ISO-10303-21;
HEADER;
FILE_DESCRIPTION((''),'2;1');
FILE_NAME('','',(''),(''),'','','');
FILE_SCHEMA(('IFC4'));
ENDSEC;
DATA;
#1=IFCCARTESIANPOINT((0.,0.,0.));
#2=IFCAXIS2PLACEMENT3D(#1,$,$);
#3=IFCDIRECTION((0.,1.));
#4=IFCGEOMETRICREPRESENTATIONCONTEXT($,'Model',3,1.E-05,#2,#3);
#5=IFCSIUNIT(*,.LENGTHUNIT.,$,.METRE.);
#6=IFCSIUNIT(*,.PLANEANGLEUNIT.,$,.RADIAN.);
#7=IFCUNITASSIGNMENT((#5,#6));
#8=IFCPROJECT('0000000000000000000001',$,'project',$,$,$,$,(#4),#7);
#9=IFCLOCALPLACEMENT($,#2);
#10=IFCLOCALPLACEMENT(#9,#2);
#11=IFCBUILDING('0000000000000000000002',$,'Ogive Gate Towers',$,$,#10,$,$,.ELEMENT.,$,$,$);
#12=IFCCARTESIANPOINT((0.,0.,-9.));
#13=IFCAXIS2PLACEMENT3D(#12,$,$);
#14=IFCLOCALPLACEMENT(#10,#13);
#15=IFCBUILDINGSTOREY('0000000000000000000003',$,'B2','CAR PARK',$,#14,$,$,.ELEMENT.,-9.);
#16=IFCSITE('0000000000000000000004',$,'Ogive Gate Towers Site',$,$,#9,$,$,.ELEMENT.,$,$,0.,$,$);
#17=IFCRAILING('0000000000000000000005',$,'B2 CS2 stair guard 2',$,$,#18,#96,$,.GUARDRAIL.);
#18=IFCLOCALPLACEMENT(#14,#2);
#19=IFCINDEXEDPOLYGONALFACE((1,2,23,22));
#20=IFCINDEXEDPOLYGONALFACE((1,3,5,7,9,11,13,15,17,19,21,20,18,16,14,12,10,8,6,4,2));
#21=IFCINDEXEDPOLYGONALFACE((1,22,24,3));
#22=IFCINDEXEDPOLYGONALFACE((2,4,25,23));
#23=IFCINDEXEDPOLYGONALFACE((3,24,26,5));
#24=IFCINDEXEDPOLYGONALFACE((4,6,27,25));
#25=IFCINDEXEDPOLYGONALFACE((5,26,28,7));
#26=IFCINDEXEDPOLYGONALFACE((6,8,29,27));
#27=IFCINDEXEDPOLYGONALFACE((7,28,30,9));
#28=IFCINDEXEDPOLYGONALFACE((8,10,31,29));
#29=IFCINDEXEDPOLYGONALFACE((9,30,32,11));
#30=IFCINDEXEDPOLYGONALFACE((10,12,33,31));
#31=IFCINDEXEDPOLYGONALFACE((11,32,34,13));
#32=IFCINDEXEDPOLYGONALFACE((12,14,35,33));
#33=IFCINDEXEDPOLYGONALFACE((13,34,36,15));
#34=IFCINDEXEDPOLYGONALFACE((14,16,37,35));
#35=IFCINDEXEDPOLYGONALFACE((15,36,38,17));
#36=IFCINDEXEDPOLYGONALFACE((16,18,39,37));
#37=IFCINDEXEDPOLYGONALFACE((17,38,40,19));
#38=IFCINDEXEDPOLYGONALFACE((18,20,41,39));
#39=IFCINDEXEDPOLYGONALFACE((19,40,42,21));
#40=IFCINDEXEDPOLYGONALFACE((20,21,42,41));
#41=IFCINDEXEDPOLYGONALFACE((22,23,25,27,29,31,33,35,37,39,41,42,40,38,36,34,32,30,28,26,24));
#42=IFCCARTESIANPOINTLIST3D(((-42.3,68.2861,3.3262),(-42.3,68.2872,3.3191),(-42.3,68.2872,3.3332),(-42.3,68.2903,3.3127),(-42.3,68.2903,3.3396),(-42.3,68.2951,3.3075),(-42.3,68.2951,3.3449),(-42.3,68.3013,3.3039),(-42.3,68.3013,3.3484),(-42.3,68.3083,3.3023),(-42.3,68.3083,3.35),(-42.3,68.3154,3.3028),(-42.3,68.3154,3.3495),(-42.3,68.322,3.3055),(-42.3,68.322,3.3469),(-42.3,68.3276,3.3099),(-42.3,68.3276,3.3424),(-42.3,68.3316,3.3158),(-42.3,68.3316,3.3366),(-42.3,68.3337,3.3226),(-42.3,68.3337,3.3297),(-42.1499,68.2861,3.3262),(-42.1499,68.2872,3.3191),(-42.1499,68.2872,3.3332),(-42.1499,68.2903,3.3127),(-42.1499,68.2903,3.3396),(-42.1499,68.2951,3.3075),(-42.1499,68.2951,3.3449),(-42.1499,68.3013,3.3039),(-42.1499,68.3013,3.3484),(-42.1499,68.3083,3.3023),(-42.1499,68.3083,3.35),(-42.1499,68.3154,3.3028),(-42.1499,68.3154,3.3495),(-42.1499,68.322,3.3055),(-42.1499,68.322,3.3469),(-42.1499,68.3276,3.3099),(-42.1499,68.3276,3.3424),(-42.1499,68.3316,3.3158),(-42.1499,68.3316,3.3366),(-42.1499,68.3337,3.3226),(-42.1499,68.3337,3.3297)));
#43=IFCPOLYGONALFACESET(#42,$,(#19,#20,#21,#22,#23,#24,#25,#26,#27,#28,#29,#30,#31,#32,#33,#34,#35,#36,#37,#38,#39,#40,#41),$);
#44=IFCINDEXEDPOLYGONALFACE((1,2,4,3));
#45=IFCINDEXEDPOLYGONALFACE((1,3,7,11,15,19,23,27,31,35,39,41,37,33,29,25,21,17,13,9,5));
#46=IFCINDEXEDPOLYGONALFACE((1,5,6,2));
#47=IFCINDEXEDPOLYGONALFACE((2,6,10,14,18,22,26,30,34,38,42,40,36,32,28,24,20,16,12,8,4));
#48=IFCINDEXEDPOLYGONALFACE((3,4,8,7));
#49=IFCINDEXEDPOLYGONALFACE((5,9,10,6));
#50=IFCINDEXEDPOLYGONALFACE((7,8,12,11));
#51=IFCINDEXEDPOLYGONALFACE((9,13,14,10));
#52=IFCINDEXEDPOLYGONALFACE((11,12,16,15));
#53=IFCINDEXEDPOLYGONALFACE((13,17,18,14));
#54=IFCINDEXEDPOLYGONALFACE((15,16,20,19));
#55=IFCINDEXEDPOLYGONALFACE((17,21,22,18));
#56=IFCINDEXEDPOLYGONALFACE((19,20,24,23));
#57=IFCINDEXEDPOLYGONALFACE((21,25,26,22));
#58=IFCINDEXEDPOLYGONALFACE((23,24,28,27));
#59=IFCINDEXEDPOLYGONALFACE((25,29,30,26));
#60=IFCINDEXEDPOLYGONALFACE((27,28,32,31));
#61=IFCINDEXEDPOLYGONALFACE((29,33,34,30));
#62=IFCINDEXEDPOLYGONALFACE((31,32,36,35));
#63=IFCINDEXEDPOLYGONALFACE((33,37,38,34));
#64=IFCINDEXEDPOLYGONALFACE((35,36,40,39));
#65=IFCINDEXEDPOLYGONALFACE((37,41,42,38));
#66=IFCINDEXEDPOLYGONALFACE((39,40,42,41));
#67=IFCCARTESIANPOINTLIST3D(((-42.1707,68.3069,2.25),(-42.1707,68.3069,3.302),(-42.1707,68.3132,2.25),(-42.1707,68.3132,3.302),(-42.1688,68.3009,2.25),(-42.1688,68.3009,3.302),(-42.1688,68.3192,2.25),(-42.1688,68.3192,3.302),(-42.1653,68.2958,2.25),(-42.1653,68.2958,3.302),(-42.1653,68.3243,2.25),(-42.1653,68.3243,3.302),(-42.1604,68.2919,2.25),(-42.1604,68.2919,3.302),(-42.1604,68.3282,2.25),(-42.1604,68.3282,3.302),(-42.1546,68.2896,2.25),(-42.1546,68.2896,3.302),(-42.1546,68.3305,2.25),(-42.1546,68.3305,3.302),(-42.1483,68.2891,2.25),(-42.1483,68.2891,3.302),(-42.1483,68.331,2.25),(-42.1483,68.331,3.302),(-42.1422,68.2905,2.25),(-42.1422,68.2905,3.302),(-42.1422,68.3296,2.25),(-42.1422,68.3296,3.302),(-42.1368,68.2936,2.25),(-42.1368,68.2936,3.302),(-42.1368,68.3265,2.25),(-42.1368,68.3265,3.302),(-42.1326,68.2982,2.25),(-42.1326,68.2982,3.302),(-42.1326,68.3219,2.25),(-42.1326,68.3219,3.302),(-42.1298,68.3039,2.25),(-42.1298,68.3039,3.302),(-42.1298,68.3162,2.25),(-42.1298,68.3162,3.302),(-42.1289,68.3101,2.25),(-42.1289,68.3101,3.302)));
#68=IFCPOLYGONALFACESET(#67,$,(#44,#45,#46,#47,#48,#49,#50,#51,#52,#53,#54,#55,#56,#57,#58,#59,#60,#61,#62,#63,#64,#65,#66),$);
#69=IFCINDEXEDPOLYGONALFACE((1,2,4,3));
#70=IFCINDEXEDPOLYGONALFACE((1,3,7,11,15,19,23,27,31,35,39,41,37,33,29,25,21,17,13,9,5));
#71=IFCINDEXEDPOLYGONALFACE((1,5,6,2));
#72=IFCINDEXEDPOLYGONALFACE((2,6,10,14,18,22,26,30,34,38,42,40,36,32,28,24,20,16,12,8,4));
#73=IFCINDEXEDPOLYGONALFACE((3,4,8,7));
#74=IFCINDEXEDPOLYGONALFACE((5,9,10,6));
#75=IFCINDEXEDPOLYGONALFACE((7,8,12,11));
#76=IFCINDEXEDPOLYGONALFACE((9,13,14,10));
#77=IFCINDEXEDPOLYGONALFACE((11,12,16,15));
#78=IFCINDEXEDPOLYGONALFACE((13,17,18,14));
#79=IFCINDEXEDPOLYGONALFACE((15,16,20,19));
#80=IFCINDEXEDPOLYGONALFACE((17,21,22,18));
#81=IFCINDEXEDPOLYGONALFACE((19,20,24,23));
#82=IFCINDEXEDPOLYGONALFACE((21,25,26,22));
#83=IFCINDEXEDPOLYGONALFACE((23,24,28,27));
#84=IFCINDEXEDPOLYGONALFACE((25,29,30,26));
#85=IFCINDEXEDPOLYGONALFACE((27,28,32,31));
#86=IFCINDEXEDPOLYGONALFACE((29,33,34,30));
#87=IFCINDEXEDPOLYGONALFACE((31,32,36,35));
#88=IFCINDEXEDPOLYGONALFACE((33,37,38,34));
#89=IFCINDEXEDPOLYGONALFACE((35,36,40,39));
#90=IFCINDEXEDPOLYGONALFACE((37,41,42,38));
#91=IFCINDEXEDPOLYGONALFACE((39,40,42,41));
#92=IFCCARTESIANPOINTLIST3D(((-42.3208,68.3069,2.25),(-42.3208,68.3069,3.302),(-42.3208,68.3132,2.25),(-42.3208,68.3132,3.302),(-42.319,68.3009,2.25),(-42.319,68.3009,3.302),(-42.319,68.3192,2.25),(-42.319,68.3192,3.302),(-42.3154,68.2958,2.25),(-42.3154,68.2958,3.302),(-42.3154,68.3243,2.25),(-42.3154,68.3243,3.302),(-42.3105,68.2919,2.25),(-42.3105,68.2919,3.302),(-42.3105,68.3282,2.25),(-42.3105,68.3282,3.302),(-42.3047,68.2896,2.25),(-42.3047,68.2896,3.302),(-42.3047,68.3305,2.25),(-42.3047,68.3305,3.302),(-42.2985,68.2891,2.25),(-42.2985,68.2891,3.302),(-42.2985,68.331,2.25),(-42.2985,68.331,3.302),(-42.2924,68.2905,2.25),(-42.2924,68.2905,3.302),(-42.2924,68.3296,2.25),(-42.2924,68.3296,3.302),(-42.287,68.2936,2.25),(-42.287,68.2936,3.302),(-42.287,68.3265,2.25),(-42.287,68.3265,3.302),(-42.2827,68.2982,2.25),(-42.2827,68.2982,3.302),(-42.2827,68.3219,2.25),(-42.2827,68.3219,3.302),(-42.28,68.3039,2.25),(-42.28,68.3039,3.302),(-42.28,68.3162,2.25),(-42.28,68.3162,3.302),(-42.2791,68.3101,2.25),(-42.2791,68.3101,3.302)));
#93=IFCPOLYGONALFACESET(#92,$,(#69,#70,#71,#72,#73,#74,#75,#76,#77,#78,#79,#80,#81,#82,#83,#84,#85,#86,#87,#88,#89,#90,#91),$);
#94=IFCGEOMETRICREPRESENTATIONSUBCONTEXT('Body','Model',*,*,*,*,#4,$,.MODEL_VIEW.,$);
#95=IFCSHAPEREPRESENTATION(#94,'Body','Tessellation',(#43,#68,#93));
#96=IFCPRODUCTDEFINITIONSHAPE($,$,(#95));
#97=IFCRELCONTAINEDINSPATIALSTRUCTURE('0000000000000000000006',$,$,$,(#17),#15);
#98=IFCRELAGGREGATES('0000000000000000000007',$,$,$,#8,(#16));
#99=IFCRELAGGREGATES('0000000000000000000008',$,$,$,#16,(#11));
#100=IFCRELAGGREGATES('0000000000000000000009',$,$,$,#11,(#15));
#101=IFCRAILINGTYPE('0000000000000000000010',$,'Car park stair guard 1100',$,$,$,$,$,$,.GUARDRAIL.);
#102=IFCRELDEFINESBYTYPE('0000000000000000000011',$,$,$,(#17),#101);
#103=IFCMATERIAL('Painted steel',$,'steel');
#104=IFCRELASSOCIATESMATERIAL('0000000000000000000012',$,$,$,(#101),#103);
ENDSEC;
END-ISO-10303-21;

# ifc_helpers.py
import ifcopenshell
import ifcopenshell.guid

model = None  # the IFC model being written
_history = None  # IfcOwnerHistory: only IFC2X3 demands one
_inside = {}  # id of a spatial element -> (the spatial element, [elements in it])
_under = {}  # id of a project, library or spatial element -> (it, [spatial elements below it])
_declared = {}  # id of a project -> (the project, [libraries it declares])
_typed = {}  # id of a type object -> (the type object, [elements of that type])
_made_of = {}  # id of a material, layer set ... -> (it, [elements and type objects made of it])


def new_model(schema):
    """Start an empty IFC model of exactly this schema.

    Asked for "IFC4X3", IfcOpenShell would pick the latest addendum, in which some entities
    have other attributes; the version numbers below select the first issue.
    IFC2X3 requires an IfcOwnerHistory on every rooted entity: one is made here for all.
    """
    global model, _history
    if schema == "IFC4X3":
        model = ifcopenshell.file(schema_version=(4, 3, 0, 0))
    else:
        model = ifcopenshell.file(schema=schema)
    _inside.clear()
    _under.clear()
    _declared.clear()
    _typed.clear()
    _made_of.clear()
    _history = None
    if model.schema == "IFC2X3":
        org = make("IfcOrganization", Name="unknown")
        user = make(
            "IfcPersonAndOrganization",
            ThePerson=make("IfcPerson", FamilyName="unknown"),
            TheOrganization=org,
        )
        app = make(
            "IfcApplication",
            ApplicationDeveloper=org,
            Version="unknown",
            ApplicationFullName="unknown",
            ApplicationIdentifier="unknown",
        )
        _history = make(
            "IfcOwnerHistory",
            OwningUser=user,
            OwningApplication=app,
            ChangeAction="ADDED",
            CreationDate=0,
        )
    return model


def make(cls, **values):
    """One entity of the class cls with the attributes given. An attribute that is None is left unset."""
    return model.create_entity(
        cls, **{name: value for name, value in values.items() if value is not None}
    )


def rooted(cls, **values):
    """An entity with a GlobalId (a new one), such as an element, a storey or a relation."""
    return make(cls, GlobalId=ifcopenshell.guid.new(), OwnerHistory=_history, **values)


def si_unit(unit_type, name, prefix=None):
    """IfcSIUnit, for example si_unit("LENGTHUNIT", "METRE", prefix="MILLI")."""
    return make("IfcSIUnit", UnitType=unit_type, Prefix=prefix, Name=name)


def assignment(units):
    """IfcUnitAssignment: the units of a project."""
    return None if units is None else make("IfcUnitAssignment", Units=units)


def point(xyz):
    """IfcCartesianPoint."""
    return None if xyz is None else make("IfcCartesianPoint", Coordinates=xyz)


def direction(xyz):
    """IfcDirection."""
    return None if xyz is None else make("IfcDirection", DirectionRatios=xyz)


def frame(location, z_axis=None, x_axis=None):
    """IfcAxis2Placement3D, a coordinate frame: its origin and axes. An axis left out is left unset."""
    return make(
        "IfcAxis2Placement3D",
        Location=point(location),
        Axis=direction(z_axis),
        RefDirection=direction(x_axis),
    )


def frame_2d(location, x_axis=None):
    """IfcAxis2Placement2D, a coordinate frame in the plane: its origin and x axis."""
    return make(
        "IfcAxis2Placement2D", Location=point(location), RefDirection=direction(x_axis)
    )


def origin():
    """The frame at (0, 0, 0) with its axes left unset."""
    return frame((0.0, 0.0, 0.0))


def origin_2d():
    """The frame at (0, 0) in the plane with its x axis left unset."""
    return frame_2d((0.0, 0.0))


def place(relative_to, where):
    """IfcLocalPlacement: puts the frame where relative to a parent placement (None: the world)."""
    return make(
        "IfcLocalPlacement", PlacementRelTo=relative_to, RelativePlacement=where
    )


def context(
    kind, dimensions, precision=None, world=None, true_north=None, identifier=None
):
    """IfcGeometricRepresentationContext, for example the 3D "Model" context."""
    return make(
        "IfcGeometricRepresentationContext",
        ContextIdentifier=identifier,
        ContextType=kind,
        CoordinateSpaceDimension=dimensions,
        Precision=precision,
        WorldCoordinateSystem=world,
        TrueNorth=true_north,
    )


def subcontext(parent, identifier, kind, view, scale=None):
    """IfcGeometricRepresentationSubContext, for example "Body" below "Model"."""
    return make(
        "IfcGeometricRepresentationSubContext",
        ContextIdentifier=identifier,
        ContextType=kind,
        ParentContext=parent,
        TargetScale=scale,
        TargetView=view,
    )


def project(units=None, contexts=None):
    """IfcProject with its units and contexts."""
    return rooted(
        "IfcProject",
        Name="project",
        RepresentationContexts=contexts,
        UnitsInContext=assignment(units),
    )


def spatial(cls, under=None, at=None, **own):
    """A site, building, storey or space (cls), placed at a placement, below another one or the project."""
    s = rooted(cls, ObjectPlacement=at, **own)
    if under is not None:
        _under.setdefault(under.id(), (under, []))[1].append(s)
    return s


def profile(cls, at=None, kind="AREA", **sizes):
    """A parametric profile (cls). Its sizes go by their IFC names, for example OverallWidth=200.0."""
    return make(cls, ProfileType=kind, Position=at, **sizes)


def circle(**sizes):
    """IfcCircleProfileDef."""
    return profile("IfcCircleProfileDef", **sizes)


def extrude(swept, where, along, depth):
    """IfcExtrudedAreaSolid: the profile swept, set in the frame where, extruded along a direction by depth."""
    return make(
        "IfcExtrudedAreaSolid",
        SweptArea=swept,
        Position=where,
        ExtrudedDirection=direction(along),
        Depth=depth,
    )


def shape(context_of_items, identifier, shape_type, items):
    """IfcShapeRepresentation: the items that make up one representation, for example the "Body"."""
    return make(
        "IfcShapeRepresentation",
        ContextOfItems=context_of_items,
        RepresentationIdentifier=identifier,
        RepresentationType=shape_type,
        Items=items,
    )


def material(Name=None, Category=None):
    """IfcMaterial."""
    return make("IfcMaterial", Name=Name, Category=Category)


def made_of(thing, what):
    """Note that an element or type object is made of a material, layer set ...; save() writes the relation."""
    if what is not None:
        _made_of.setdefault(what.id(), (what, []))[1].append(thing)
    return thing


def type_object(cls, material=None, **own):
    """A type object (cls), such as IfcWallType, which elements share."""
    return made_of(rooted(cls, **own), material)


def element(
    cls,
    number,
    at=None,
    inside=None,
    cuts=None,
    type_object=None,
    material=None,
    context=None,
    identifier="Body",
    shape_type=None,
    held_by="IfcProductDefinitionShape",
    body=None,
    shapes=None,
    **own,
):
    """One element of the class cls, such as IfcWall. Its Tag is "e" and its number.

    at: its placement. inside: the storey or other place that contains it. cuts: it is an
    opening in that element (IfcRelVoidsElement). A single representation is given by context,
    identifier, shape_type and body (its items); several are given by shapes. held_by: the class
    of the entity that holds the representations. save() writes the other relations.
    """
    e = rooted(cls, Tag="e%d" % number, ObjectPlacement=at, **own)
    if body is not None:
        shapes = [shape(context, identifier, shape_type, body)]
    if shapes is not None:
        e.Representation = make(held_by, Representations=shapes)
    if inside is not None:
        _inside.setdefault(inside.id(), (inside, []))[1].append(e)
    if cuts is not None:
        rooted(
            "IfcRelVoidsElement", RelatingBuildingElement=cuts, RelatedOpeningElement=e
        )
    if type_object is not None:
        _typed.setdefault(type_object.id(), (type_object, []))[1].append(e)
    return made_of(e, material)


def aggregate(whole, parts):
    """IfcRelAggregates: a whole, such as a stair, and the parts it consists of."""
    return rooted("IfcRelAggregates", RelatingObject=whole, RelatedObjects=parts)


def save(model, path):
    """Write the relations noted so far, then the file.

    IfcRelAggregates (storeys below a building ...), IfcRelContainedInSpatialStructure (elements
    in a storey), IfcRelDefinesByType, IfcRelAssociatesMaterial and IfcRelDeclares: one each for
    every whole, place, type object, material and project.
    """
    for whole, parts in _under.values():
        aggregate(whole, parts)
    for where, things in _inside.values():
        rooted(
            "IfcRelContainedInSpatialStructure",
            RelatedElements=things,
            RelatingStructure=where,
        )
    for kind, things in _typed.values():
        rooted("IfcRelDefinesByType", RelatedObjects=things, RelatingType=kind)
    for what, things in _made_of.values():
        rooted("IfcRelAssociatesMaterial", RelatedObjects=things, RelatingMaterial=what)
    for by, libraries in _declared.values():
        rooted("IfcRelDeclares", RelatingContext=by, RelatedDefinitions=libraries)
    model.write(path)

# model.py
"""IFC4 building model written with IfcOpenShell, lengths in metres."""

from ifc_helpers import new_model, si_unit, direction, frame, origin, origin_2d, place, context, subcontext, project, spatial, circle, extrude, material, type_object, element, save


model = new_model("IFC4")

# Units and contexts
model_context = context("Model", 3, precision=1e-05, world=origin(), true_north=direction((0.0, 1.0)))
body_context = subcontext(model_context, "Body", "Model", "MODEL_VIEW")
ifc_project = project(units=[si_unit("LENGTHUNIT", "METRE"), si_unit("PLANEANGLEUNIT", "RADIAN")], contexts=[model_context])

# Site, building, storey
site_placement = place(None, origin())
site = spatial("IfcSite", under=ifc_project, at=site_placement, Name="Ogive Gate Towers Site", CompositionType="ELEMENT", RefElevation=0.0)
building_placement = place(site_placement, origin())
building = spatial("IfcBuilding", under=site, at=building_placement, Name="Ogive Gate Towers", CompositionType="ELEMENT")
storey_placement = place(building_placement, frame((0.0, 0.0, -9.0)))
storey = spatial("IfcBuildingStorey", under=building, at=storey_placement, Name="B2", Description="CAR PARK", CompositionType="ELEMENT", Elevation=-9.0)

# Railing
ifc_material_1 = material(Name="Painted steel", Category="steel")
railing_type_1 = type_object("IfcRailingType", Name="Car park stair guard 1100", PredefinedType="GUARDRAIL", material=ifc_material_1)
railing_1_placement = place(storey_placement, frame((-42.1499, 68.3101, 2.25)))
element("IfcRailing", 1, at=railing_1_placement, inside=storey, type_object=railing_type_1, Name="B2 CS2 stair guard 2", PredefinedType="GUARDRAIL", context=body_context, shape_type="SweptSolid", body=[
    extrude(circle(Radius=0.0239, at=origin_2d()), frame((0.0, 0.0, 1.0762), z_axis=(-1.0, 0.0, 0.0), x_axis=(0.0, -1.0, 0.0)), (0.0, 0.0, 1.0), 0.1501),
    extrude(circle(Radius=0.021, at=origin_2d()), origin(), (0.0, 0.0, 1.0), 1.052),
    extrude(circle(Radius=0.021, at=origin_2d()), frame((-0.1501, 0.0, 0.0)), (0.0, 0.0, 1.0), 1.052),
])

save(model, "model.ifc")
